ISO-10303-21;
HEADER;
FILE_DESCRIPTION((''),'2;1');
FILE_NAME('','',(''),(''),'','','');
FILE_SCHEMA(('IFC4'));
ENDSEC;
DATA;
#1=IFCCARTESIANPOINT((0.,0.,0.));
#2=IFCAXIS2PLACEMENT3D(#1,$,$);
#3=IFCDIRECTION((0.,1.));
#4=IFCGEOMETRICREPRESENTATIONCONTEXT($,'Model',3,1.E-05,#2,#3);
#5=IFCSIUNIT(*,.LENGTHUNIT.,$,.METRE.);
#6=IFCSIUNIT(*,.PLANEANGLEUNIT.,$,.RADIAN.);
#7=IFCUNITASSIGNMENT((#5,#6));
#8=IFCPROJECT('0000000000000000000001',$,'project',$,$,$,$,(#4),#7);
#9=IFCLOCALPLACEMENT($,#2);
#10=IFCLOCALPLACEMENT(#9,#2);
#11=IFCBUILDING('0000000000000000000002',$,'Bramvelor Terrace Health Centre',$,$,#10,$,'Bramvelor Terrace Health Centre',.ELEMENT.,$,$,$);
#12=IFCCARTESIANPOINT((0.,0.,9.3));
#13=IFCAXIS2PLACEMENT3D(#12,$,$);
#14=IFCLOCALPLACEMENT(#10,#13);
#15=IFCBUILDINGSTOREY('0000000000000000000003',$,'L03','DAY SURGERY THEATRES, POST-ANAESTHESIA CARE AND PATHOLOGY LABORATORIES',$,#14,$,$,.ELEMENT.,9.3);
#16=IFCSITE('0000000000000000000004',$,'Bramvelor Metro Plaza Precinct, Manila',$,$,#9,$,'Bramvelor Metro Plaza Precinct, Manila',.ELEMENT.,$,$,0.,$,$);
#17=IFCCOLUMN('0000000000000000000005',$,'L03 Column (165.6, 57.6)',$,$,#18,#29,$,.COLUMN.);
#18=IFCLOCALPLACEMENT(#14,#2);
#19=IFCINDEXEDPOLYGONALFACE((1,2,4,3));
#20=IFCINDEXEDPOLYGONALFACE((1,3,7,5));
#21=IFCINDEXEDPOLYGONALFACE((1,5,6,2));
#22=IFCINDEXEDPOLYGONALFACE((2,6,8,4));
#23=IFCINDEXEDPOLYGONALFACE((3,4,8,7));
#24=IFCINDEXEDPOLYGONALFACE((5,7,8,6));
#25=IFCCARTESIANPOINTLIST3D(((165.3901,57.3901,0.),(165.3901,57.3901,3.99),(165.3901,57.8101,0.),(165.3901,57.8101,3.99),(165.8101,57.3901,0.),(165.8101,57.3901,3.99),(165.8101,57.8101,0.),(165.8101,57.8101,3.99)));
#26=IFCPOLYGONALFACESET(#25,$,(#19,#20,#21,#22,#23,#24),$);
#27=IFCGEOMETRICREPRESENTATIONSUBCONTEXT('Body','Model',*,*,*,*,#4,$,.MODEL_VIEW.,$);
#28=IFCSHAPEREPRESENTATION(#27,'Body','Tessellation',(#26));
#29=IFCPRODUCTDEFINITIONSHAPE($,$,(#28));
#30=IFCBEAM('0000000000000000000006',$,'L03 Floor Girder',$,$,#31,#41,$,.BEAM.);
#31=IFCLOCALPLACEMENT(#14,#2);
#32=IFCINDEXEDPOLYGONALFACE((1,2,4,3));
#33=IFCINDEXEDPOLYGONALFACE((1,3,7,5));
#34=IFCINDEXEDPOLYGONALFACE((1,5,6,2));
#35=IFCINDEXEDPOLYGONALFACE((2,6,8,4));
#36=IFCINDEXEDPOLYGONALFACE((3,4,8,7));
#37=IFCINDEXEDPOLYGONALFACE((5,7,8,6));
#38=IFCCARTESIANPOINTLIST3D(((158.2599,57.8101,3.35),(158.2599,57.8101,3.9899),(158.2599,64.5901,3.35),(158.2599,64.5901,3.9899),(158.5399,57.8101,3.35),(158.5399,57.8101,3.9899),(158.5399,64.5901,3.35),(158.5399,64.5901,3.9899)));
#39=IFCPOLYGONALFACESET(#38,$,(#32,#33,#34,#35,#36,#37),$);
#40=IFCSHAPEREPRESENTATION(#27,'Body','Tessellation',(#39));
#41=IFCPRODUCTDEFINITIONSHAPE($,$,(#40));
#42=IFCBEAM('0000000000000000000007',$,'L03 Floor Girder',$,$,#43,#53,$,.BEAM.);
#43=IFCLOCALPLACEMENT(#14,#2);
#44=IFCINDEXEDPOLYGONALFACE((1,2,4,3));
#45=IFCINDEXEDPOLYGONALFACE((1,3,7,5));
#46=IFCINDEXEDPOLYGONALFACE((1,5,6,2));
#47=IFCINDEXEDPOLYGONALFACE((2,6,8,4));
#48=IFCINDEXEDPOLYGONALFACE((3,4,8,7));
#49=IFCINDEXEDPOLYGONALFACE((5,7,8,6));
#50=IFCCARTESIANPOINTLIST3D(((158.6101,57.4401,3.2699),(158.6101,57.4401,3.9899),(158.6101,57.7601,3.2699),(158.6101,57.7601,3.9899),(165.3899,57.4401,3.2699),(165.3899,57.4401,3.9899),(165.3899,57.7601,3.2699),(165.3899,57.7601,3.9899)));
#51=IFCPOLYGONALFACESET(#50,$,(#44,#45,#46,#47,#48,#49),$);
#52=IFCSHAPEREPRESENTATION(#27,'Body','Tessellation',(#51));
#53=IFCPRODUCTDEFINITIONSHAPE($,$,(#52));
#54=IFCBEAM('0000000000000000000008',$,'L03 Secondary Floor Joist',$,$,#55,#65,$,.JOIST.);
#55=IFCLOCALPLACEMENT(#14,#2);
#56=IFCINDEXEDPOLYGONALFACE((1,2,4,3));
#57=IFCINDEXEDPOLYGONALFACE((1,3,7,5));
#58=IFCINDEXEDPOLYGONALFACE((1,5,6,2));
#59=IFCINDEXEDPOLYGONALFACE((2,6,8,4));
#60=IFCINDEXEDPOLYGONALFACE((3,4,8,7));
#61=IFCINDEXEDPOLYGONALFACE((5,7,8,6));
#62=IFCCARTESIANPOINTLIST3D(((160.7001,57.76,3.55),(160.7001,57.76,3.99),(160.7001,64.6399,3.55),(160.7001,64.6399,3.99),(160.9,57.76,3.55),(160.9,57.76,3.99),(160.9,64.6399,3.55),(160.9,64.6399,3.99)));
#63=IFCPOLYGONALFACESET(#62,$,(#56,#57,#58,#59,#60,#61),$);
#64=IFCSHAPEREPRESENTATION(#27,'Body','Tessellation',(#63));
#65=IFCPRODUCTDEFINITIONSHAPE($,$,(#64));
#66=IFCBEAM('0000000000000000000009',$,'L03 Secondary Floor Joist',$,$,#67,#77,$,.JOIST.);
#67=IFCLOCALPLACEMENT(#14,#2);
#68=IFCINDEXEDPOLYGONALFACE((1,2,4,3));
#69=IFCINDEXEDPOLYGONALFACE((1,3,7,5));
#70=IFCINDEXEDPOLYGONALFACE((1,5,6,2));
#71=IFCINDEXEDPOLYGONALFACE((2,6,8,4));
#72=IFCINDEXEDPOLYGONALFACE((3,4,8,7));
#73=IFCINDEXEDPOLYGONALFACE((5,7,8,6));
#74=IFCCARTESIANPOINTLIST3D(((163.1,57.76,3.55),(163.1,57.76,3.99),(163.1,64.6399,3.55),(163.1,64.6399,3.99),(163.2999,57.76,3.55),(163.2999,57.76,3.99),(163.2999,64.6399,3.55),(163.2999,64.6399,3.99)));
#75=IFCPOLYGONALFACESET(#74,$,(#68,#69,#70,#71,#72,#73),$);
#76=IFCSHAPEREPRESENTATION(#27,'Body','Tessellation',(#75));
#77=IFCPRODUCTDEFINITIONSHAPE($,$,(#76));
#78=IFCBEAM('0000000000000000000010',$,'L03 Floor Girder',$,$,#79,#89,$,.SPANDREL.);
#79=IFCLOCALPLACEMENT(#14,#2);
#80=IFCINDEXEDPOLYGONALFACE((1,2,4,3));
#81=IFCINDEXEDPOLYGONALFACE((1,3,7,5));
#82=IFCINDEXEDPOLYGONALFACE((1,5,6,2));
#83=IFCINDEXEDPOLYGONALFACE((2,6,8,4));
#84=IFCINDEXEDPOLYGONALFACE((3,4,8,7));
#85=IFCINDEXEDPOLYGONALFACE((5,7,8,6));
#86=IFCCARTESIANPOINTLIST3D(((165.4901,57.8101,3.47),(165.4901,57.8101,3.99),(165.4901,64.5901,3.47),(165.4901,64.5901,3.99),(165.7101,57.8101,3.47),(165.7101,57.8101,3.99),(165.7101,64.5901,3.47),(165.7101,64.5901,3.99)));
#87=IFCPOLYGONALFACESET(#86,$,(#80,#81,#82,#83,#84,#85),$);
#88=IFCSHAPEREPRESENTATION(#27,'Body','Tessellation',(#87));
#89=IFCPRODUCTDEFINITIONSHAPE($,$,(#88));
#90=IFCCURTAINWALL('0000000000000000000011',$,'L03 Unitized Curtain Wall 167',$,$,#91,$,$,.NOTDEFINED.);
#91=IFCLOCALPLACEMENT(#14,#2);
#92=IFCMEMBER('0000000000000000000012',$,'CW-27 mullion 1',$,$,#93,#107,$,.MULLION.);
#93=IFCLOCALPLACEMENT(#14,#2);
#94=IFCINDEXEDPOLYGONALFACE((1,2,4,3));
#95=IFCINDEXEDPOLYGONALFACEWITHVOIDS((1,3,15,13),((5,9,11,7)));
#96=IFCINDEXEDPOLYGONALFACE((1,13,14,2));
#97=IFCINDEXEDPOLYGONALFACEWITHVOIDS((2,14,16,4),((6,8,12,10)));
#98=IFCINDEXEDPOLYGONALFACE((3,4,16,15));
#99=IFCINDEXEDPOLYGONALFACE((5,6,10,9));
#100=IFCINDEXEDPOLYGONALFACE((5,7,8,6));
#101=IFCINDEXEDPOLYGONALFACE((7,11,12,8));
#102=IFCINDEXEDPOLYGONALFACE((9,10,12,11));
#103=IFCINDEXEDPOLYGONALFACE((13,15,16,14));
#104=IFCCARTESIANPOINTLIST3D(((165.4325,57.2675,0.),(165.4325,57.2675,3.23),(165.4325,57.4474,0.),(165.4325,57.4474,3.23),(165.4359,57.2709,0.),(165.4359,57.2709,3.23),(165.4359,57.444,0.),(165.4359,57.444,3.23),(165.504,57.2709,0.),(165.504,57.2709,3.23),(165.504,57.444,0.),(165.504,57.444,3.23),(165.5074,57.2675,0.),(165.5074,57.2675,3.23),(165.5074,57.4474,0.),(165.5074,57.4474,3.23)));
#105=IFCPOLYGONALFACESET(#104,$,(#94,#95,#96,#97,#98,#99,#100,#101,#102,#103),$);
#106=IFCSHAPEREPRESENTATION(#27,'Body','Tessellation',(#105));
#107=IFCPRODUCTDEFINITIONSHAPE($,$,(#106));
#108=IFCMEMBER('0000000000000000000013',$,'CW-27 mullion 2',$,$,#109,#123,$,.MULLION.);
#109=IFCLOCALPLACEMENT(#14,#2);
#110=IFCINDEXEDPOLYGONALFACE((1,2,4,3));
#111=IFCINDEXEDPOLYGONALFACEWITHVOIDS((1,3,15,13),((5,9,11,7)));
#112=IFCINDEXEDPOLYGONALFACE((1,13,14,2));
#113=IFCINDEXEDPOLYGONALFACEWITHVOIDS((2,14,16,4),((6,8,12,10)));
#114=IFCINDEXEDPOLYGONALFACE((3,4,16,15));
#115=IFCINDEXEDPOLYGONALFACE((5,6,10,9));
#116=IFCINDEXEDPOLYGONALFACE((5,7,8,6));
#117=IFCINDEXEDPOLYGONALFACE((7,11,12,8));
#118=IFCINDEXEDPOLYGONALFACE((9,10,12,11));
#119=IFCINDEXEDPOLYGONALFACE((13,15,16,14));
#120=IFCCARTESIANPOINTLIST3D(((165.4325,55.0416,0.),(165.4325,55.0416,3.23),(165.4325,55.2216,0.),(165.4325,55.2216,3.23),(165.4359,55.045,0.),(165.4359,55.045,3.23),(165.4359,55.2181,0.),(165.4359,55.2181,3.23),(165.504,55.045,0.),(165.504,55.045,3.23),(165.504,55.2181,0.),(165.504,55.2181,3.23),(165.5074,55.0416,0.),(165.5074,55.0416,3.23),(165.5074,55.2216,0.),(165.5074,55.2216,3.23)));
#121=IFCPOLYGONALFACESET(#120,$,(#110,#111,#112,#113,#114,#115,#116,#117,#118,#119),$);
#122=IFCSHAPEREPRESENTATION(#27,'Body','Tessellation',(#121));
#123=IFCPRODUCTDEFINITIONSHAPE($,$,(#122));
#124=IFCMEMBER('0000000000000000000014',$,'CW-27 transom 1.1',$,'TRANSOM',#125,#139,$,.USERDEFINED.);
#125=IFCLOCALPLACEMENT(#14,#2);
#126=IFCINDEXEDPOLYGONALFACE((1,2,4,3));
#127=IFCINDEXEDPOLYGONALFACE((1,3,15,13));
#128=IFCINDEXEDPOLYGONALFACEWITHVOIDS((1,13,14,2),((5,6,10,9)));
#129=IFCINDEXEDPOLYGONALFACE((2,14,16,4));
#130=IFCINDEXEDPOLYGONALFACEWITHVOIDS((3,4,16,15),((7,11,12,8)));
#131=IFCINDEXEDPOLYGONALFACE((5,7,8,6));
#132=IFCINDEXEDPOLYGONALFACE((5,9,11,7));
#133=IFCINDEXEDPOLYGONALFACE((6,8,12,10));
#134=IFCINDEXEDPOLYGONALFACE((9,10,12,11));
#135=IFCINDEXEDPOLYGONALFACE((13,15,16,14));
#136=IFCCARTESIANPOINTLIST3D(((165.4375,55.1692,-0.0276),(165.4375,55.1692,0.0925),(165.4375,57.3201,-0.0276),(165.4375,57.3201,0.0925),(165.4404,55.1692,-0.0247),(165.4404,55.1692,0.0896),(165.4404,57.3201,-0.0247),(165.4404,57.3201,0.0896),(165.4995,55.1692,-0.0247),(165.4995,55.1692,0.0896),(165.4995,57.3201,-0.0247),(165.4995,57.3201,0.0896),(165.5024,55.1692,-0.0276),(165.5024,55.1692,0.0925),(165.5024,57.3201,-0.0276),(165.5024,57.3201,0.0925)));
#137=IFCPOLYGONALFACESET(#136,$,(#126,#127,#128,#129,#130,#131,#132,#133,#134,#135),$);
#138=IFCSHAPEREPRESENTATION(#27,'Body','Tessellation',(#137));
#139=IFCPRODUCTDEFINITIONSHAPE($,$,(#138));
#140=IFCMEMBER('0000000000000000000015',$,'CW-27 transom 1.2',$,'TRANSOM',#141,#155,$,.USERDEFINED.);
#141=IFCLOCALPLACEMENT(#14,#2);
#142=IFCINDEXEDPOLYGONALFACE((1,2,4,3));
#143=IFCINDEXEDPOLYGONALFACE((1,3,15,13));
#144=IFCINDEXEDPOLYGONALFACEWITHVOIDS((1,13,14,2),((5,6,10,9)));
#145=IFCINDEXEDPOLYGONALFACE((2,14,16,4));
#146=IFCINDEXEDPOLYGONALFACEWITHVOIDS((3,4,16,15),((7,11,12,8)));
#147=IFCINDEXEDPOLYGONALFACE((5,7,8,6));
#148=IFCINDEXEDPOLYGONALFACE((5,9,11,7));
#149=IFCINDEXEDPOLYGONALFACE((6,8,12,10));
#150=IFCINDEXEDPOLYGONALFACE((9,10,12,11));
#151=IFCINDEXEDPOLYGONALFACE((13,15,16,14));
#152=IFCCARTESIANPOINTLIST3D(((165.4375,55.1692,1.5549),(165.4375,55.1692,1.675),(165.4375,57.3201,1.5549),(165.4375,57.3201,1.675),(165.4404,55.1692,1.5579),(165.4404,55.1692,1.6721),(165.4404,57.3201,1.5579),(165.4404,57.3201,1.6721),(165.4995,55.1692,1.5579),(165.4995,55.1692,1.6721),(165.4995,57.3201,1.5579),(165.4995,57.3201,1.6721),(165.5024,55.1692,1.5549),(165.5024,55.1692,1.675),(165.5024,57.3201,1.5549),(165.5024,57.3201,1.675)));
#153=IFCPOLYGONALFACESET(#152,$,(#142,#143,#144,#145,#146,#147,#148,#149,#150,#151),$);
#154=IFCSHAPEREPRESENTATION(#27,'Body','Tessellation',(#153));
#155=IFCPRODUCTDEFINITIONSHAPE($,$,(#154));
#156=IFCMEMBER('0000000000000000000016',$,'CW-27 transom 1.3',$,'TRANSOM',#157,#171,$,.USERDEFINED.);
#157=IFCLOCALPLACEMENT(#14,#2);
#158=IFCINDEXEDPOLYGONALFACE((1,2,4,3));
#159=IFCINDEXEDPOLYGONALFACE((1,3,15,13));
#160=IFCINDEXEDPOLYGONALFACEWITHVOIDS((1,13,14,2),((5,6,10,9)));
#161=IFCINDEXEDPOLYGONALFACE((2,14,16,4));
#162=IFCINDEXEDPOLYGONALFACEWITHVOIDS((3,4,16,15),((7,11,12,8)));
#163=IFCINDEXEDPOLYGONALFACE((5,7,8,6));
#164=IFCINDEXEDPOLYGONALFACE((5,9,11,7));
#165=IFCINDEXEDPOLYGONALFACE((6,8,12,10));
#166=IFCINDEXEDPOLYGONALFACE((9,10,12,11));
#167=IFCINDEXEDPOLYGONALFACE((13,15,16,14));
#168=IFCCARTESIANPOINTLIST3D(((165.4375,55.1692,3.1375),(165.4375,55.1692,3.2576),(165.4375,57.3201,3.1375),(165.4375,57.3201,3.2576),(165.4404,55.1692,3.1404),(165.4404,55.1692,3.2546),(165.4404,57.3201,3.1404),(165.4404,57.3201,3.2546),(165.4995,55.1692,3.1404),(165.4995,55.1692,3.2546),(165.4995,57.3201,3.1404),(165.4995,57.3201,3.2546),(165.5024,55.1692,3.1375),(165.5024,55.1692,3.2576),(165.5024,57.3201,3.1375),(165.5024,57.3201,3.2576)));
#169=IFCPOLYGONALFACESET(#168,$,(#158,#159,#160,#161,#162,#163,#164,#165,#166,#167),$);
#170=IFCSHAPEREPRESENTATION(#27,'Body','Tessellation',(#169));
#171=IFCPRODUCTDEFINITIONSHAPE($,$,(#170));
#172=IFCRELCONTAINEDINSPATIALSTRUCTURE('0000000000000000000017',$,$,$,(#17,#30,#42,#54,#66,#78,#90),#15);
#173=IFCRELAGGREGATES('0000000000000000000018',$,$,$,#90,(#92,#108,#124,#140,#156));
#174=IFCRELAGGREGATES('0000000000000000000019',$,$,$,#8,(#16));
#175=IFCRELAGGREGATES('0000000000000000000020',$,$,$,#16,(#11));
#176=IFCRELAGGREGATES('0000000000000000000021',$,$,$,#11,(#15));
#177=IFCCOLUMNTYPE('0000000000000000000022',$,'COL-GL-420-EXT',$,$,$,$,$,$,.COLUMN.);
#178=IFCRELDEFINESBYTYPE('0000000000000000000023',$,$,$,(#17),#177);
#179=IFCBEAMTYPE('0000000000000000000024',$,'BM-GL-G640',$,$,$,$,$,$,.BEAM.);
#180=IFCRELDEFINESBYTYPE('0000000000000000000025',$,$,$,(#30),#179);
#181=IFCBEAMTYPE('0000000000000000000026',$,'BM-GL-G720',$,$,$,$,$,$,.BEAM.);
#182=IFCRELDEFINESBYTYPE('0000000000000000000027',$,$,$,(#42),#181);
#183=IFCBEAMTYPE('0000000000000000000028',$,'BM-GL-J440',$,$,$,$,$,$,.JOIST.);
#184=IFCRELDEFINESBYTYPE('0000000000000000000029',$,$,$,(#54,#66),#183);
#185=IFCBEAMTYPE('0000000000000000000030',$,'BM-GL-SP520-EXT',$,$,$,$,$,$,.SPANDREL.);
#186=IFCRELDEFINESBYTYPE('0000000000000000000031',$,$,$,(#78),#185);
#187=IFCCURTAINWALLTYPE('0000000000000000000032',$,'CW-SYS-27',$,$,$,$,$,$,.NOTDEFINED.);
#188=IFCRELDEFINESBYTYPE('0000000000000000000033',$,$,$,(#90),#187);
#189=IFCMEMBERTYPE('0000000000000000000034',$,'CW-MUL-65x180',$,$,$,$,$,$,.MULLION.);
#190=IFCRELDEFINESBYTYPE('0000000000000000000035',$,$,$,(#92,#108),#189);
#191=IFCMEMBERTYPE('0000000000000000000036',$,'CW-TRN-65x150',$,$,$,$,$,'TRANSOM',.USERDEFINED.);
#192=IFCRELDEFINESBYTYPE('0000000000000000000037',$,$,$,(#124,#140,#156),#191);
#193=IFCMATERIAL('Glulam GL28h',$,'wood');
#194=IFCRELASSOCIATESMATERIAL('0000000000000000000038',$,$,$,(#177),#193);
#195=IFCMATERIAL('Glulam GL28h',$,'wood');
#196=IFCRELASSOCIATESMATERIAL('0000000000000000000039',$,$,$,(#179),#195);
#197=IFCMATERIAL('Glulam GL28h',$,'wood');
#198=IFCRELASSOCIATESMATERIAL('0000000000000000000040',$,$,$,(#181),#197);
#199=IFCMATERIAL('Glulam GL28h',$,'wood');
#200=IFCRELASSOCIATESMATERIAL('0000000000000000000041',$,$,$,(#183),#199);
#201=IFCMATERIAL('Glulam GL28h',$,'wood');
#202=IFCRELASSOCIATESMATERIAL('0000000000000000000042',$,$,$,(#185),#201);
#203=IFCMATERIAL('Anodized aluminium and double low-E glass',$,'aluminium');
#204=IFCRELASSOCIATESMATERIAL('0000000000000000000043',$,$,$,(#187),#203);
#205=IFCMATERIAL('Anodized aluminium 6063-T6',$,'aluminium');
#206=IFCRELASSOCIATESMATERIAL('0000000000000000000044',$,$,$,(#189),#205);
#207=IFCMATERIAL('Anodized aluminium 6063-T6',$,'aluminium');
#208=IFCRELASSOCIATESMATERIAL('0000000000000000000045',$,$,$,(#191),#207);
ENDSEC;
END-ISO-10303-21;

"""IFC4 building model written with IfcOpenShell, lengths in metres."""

from ifc_helpers import new_model, si_unit, direction, frame, origin, origin_2d, place, context, subcontext, project, spatial, rectangle, hollow_rectangle, extrude, material, material_profile, profile_set, type_object, element, aggregate, save


model = new_model("IFC4")

# Units and contexts
model_context = context("Model", 3, precision=1e-05, world=origin(), true_north=direction((0.0, 1.0)))
body_context = subcontext(model_context, "Body", "Model", "MODEL_VIEW")
ifc_project = project(units=[si_unit("LENGTHUNIT", "METRE"), si_unit("PLANEANGLEUNIT", "RADIAN")], contexts=[model_context])

# Site, building, storey
site_placement = place(None, origin())
site = spatial("IfcSite", under=ifc_project, at=site_placement, Name="Bramvelor Metro Plaza Precinct, Manila", LongName="Bramvelor Metro Plaza Precinct, Manila", CompositionType="ELEMENT", RefElevation=0.0)
building_placement = place(site_placement, origin())
building = spatial("IfcBuilding", under=site, at=building_placement, Name="Bramvelor Terrace Health Centre", LongName="Bramvelor Terrace Health Centre", CompositionType="ELEMENT")
storey_placement = place(building_placement, frame((0.0, 0.0, 9.3)))
storey = spatial("IfcBuildingStorey", under=building, at=storey_placement, Name="L03", Description="DAY SURGERY THEATRES, POST-ANAESTHESIA CARE AND PATHOLOGY LABORATORIES", CompositionType="ELEMENT", Elevation=9.3)

# Column
ifc_material_1 = material(Name="Glulam GL28h", Category="wood")
ifc_material_profile_1 = material_profile(ifc_material_1, rectangle(XDim=0.4199, YDim=0.4199, at=origin_2d()), Name="GL 420x420")
ifc_profile_set_1 = profile_set([ifc_material_profile_1], Name="Glulam GL28h")
column_type = type_object("IfcColumnType", Name="COL-GL-420-EXT", PredefinedType="COLUMN", material=ifc_profile_set_1)
column_placement = place(storey_placement, frame((165.6001, 57.6001, 0.0), z_axis=(0.0, 0.0, 1.0), x_axis=(1.0, 0.0, 0.0)))
element("IfcColumn", 1, at=column_placement, inside=storey, type_object=column_type, Name="L03 Column (165.6, 57.6)", PredefinedType="COLUMN", context=body_context, shape_type="SweptSolid", body=[
    extrude(rectangle(XDim=0.4199, YDim=0.4199, at=origin_2d()), origin(), (0.0, 0.0, 1.0), 3.99),
])

# Beams
ifc_material_2 = material(Name="Glulam GL28h", Category="wood")
ifc_material_profile_2 = material_profile(ifc_material_2, rectangle(XDim=0.28, YDim=0.6399, at=origin_2d()), Name="GL 280x640")
ifc_profile_set_2 = profile_set([ifc_material_profile_2], Name="Glulam GL28h")
beam_type_1 = type_object("IfcBeamType", Name="BM-GL-G640", PredefinedType="BEAM", material=ifc_profile_set_2)
beam_1_placement = place(storey_placement, frame((158.3999, 57.8101, 3.6699), z_axis=(0.0, 1.0, 0.0), x_axis=(-1.0, 0.0, 0.0)))
element("IfcBeam", 2, at=beam_1_placement, inside=storey, type_object=beam_type_1, Name="L03 Floor Girder", PredefinedType="BEAM", context=body_context, shape_type="SweptSolid", body=[
    extrude(rectangle(XDim=0.28, YDim=0.6399, at=origin_2d()), origin(), (0.0, 0.0, 1.0), 6.78),
])
ifc_material_3 = material(Name="Glulam GL28h", Category="wood")
ifc_material_profile_3 = material_profile(ifc_material_3, rectangle(XDim=0.3201, YDim=0.72, at=origin_2d()), Name="GL 320x720")
ifc_profile_set_3 = profile_set([ifc_material_profile_3], Name="Glulam GL28h")
beam_type_2 = type_object("IfcBeamType", Name="BM-GL-G720", PredefinedType="BEAM", material=ifc_profile_set_3)
beam_2_placement = place(storey_placement, frame((158.6101, 57.6001, 3.6299), z_axis=(1.0, 0.0, 0.0), x_axis=(0.0, 1.0, 0.0)))
element("IfcBeam", 3, at=beam_2_placement, inside=storey, type_object=beam_type_2, Name="L03 Floor Girder", PredefinedType="BEAM", context=body_context, shape_type="SweptSolid", body=[
    extrude(rectangle(XDim=0.3201, YDim=0.72, at=origin_2d()), origin(), (0.0, 0.0, 1.0), 6.7798),
])
ifc_material_4 = material(Name="Glulam GL28h", Category="wood")
ifc_material_profile_4 = material_profile(ifc_material_4, rectangle(XDim=0.2, YDim=0.4399, at=origin_2d()), Name="GL 200x440")
ifc_profile_set_4 = profile_set([ifc_material_profile_4], Name="Glulam GL28h")
beam_type_3 = type_object("IfcBeamType", Name="BM-GL-J440", PredefinedType="JOIST", material=ifc_profile_set_4)
for number, where, z_axis, x_axis, name in (
    (4, (160.8, 57.76, 3.77), (0.0, 1.0, 0.0), (-1.0, 0.0, 0.0), "L03 Secondary Floor Joist"),
    (5, (163.2, 57.76, 3.77), (0.0, 1.0, 0.0), (-1.0, 0.0, 0.0), "L03 Secondary Floor Joist"),
):
    element("IfcBeam", number, at=place(storey_placement, frame(where, z_axis=z_axis, x_axis=x_axis)), inside=storey, type_object=beam_type_3, Name=name, PredefinedType="JOIST", context=body_context, shape_type="SweptSolid", body=[
        extrude(rectangle(XDim=0.2, YDim=0.4399, at=origin_2d()), origin(), (0.0, 0.0, 1.0), 6.8799),
    ])
ifc_material_5 = material(Name="Glulam GL28h", Category="wood")
ifc_material_profile_5 = material_profile(ifc_material_5, rectangle(XDim=0.22, YDim=0.52, at=origin_2d()), Name="GL 220x520")
ifc_profile_set_5 = profile_set([ifc_material_profile_5], Name="Glulam GL28h")
beam_type_4 = type_object("IfcBeamType", Name="BM-GL-SP520-EXT", PredefinedType="SPANDREL", material=ifc_profile_set_5)
beam_3_placement = place(storey_placement, frame((165.6001, 57.8101, 3.73), z_axis=(0.0, 1.0, 0.0), x_axis=(-1.0, 0.0, 0.0)))
element("IfcBeam", 6, at=beam_3_placement, inside=storey, type_object=beam_type_4, Name="L03 Floor Girder", PredefinedType="SPANDREL", context=body_context, shape_type="SweptSolid", body=[
    extrude(rectangle(XDim=0.22, YDim=0.52, at=origin_2d()), origin(), (0.0, 0.0, 1.0), 6.78),
])

# Curtain wall, members
ifc_material_6 = material(Name="Anodized aluminium and double low-E glass", Category="aluminium")
curtain_wall_type = type_object("IfcCurtainWallType", Name="CW-SYS-27", PredefinedType="NOTDEFINED", material=ifc_material_6)
curtain_wall_placement = place(storey_placement, origin())
curtain_wall = element("IfcCurtainWall", 7, at=curtain_wall_placement, inside=storey, type_object=curtain_wall_type, Name="L03 Unitized Curtain Wall 167", PredefinedType="NOTDEFINED")
ifc_material_7 = material(Name="Anodized aluminium 6063-T6", Category="aluminium")
ifc_material_profile_6 = material_profile(ifc_material_7, hollow_rectangle(XDim=0.075, YDim=0.1799, WallThickness=0.0034, at=origin_2d()), Name="ALU-MUL 75x180x3.5")
ifc_profile_set_6 = profile_set([ifc_material_profile_6], Name="Anodized aluminium 6063-T6")
member_type_1 = type_object("IfcMemberType", Name="CW-MUL-65x180", PredefinedType="MULLION", material=ifc_profile_set_6)
member_1_placement = place(storey_placement, frame((165.47, 57.3574, 0.0), z_axis=(0.0, 0.0, 1.0), x_axis=(1.0, 0.0, 0.0)))
member_1 = element("IfcMember", 8, at=member_1_placement, type_object=member_type_1, Name="CW-27 mullion 1", PredefinedType="MULLION", context=body_context, shape_type="SweptSolid", body=[
    extrude(hollow_rectangle(XDim=0.075, YDim=0.1799, WallThickness=0.0034, at=origin_2d()), origin(), (0.0, 0.0, 1.0), 3.23),
])
member_2_placement = place(storey_placement, frame((165.47, 55.1316, 0.0), z_axis=(0.0, 0.0, 1.0), x_axis=(1.0, 0.0, 0.0)))
member_2 = element("IfcMember", 9, at=member_2_placement, type_object=member_type_1, Name="CW-27 mullion 2", PredefinedType="MULLION", context=body_context, shape_type="SweptSolid", body=[
    extrude(hollow_rectangle(XDim=0.075, YDim=0.1799, WallThickness=0.0034, at=origin_2d()), origin(), (0.0, 0.0, 1.0), 3.23),
])
ifc_material_8 = material(Name="Anodized aluminium 6063-T6", Category="aluminium")
ifc_material_profile_7 = material_profile(ifc_material_8, hollow_rectangle(XDim=0.0649, YDim=0.1201, WallThickness=0.0029, at=origin_2d()), Name="ALU-TRN 65x120x3.0")
ifc_profile_set_7 = profile_set([ifc_material_profile_7], Name="Anodized aluminium 6063-T6")
member_type_2 = type_object("IfcMemberType", Name="CW-TRN-65x150", ElementType="TRANSOM", PredefinedType="USERDEFINED", material=ifc_profile_set_7)
member_3_placement = place(storey_placement, frame((165.47, 57.3201, 0.0325), z_axis=(0.0, -1.0, 0.0), x_axis=(1.0, 0.0, 0.0)))
member_3 = element("IfcMember", 10, at=member_3_placement, type_object=member_type_2, Name="CW-27 transom 1.1", ObjectType="TRANSOM", PredefinedType="USERDEFINED", context=body_context, shape_type="SweptSolid", body=[
    extrude(hollow_rectangle(XDim=0.0649, YDim=0.1201, WallThickness=0.0029, at=origin_2d()), origin(), (0.0, 0.0, 1.0), 2.1509),
])
member_4_placement = place(storey_placement, frame((165.47, 57.3201, 1.615), z_axis=(0.0, -1.0, 0.0), x_axis=(1.0, 0.0, 0.0)))
member_4 = element("IfcMember", 11, at=member_4_placement, type_object=member_type_2, Name="CW-27 transom 1.2", ObjectType="TRANSOM", PredefinedType="USERDEFINED", context=body_context, shape_type="SweptSolid", body=[
    extrude(hollow_rectangle(XDim=0.0649, YDim=0.1201, WallThickness=0.0029, at=origin_2d()), origin(), (0.0, 0.0, 1.0), 2.1509),
])
member_5_placement = place(storey_placement, frame((165.47, 57.3201, 3.1975), z_axis=(0.0, -1.0, 0.0), x_axis=(1.0, 0.0, 0.0)))
member_5 = element("IfcMember", 12, at=member_5_placement, type_object=member_type_2, Name="CW-27 transom 1.3", ObjectType="TRANSOM", PredefinedType="USERDEFINED", context=body_context, shape_type="SweptSolid", body=[
    extrude(hollow_rectangle(XDim=0.0649, YDim=0.1201, WallThickness=0.0029, at=origin_2d()), origin(), (0.0, 0.0, 1.0), 2.1509),
])
aggregate(curtain_wall, [member_1, member_2, member_3, member_4, member_5])

save(model, "model.ifc")
